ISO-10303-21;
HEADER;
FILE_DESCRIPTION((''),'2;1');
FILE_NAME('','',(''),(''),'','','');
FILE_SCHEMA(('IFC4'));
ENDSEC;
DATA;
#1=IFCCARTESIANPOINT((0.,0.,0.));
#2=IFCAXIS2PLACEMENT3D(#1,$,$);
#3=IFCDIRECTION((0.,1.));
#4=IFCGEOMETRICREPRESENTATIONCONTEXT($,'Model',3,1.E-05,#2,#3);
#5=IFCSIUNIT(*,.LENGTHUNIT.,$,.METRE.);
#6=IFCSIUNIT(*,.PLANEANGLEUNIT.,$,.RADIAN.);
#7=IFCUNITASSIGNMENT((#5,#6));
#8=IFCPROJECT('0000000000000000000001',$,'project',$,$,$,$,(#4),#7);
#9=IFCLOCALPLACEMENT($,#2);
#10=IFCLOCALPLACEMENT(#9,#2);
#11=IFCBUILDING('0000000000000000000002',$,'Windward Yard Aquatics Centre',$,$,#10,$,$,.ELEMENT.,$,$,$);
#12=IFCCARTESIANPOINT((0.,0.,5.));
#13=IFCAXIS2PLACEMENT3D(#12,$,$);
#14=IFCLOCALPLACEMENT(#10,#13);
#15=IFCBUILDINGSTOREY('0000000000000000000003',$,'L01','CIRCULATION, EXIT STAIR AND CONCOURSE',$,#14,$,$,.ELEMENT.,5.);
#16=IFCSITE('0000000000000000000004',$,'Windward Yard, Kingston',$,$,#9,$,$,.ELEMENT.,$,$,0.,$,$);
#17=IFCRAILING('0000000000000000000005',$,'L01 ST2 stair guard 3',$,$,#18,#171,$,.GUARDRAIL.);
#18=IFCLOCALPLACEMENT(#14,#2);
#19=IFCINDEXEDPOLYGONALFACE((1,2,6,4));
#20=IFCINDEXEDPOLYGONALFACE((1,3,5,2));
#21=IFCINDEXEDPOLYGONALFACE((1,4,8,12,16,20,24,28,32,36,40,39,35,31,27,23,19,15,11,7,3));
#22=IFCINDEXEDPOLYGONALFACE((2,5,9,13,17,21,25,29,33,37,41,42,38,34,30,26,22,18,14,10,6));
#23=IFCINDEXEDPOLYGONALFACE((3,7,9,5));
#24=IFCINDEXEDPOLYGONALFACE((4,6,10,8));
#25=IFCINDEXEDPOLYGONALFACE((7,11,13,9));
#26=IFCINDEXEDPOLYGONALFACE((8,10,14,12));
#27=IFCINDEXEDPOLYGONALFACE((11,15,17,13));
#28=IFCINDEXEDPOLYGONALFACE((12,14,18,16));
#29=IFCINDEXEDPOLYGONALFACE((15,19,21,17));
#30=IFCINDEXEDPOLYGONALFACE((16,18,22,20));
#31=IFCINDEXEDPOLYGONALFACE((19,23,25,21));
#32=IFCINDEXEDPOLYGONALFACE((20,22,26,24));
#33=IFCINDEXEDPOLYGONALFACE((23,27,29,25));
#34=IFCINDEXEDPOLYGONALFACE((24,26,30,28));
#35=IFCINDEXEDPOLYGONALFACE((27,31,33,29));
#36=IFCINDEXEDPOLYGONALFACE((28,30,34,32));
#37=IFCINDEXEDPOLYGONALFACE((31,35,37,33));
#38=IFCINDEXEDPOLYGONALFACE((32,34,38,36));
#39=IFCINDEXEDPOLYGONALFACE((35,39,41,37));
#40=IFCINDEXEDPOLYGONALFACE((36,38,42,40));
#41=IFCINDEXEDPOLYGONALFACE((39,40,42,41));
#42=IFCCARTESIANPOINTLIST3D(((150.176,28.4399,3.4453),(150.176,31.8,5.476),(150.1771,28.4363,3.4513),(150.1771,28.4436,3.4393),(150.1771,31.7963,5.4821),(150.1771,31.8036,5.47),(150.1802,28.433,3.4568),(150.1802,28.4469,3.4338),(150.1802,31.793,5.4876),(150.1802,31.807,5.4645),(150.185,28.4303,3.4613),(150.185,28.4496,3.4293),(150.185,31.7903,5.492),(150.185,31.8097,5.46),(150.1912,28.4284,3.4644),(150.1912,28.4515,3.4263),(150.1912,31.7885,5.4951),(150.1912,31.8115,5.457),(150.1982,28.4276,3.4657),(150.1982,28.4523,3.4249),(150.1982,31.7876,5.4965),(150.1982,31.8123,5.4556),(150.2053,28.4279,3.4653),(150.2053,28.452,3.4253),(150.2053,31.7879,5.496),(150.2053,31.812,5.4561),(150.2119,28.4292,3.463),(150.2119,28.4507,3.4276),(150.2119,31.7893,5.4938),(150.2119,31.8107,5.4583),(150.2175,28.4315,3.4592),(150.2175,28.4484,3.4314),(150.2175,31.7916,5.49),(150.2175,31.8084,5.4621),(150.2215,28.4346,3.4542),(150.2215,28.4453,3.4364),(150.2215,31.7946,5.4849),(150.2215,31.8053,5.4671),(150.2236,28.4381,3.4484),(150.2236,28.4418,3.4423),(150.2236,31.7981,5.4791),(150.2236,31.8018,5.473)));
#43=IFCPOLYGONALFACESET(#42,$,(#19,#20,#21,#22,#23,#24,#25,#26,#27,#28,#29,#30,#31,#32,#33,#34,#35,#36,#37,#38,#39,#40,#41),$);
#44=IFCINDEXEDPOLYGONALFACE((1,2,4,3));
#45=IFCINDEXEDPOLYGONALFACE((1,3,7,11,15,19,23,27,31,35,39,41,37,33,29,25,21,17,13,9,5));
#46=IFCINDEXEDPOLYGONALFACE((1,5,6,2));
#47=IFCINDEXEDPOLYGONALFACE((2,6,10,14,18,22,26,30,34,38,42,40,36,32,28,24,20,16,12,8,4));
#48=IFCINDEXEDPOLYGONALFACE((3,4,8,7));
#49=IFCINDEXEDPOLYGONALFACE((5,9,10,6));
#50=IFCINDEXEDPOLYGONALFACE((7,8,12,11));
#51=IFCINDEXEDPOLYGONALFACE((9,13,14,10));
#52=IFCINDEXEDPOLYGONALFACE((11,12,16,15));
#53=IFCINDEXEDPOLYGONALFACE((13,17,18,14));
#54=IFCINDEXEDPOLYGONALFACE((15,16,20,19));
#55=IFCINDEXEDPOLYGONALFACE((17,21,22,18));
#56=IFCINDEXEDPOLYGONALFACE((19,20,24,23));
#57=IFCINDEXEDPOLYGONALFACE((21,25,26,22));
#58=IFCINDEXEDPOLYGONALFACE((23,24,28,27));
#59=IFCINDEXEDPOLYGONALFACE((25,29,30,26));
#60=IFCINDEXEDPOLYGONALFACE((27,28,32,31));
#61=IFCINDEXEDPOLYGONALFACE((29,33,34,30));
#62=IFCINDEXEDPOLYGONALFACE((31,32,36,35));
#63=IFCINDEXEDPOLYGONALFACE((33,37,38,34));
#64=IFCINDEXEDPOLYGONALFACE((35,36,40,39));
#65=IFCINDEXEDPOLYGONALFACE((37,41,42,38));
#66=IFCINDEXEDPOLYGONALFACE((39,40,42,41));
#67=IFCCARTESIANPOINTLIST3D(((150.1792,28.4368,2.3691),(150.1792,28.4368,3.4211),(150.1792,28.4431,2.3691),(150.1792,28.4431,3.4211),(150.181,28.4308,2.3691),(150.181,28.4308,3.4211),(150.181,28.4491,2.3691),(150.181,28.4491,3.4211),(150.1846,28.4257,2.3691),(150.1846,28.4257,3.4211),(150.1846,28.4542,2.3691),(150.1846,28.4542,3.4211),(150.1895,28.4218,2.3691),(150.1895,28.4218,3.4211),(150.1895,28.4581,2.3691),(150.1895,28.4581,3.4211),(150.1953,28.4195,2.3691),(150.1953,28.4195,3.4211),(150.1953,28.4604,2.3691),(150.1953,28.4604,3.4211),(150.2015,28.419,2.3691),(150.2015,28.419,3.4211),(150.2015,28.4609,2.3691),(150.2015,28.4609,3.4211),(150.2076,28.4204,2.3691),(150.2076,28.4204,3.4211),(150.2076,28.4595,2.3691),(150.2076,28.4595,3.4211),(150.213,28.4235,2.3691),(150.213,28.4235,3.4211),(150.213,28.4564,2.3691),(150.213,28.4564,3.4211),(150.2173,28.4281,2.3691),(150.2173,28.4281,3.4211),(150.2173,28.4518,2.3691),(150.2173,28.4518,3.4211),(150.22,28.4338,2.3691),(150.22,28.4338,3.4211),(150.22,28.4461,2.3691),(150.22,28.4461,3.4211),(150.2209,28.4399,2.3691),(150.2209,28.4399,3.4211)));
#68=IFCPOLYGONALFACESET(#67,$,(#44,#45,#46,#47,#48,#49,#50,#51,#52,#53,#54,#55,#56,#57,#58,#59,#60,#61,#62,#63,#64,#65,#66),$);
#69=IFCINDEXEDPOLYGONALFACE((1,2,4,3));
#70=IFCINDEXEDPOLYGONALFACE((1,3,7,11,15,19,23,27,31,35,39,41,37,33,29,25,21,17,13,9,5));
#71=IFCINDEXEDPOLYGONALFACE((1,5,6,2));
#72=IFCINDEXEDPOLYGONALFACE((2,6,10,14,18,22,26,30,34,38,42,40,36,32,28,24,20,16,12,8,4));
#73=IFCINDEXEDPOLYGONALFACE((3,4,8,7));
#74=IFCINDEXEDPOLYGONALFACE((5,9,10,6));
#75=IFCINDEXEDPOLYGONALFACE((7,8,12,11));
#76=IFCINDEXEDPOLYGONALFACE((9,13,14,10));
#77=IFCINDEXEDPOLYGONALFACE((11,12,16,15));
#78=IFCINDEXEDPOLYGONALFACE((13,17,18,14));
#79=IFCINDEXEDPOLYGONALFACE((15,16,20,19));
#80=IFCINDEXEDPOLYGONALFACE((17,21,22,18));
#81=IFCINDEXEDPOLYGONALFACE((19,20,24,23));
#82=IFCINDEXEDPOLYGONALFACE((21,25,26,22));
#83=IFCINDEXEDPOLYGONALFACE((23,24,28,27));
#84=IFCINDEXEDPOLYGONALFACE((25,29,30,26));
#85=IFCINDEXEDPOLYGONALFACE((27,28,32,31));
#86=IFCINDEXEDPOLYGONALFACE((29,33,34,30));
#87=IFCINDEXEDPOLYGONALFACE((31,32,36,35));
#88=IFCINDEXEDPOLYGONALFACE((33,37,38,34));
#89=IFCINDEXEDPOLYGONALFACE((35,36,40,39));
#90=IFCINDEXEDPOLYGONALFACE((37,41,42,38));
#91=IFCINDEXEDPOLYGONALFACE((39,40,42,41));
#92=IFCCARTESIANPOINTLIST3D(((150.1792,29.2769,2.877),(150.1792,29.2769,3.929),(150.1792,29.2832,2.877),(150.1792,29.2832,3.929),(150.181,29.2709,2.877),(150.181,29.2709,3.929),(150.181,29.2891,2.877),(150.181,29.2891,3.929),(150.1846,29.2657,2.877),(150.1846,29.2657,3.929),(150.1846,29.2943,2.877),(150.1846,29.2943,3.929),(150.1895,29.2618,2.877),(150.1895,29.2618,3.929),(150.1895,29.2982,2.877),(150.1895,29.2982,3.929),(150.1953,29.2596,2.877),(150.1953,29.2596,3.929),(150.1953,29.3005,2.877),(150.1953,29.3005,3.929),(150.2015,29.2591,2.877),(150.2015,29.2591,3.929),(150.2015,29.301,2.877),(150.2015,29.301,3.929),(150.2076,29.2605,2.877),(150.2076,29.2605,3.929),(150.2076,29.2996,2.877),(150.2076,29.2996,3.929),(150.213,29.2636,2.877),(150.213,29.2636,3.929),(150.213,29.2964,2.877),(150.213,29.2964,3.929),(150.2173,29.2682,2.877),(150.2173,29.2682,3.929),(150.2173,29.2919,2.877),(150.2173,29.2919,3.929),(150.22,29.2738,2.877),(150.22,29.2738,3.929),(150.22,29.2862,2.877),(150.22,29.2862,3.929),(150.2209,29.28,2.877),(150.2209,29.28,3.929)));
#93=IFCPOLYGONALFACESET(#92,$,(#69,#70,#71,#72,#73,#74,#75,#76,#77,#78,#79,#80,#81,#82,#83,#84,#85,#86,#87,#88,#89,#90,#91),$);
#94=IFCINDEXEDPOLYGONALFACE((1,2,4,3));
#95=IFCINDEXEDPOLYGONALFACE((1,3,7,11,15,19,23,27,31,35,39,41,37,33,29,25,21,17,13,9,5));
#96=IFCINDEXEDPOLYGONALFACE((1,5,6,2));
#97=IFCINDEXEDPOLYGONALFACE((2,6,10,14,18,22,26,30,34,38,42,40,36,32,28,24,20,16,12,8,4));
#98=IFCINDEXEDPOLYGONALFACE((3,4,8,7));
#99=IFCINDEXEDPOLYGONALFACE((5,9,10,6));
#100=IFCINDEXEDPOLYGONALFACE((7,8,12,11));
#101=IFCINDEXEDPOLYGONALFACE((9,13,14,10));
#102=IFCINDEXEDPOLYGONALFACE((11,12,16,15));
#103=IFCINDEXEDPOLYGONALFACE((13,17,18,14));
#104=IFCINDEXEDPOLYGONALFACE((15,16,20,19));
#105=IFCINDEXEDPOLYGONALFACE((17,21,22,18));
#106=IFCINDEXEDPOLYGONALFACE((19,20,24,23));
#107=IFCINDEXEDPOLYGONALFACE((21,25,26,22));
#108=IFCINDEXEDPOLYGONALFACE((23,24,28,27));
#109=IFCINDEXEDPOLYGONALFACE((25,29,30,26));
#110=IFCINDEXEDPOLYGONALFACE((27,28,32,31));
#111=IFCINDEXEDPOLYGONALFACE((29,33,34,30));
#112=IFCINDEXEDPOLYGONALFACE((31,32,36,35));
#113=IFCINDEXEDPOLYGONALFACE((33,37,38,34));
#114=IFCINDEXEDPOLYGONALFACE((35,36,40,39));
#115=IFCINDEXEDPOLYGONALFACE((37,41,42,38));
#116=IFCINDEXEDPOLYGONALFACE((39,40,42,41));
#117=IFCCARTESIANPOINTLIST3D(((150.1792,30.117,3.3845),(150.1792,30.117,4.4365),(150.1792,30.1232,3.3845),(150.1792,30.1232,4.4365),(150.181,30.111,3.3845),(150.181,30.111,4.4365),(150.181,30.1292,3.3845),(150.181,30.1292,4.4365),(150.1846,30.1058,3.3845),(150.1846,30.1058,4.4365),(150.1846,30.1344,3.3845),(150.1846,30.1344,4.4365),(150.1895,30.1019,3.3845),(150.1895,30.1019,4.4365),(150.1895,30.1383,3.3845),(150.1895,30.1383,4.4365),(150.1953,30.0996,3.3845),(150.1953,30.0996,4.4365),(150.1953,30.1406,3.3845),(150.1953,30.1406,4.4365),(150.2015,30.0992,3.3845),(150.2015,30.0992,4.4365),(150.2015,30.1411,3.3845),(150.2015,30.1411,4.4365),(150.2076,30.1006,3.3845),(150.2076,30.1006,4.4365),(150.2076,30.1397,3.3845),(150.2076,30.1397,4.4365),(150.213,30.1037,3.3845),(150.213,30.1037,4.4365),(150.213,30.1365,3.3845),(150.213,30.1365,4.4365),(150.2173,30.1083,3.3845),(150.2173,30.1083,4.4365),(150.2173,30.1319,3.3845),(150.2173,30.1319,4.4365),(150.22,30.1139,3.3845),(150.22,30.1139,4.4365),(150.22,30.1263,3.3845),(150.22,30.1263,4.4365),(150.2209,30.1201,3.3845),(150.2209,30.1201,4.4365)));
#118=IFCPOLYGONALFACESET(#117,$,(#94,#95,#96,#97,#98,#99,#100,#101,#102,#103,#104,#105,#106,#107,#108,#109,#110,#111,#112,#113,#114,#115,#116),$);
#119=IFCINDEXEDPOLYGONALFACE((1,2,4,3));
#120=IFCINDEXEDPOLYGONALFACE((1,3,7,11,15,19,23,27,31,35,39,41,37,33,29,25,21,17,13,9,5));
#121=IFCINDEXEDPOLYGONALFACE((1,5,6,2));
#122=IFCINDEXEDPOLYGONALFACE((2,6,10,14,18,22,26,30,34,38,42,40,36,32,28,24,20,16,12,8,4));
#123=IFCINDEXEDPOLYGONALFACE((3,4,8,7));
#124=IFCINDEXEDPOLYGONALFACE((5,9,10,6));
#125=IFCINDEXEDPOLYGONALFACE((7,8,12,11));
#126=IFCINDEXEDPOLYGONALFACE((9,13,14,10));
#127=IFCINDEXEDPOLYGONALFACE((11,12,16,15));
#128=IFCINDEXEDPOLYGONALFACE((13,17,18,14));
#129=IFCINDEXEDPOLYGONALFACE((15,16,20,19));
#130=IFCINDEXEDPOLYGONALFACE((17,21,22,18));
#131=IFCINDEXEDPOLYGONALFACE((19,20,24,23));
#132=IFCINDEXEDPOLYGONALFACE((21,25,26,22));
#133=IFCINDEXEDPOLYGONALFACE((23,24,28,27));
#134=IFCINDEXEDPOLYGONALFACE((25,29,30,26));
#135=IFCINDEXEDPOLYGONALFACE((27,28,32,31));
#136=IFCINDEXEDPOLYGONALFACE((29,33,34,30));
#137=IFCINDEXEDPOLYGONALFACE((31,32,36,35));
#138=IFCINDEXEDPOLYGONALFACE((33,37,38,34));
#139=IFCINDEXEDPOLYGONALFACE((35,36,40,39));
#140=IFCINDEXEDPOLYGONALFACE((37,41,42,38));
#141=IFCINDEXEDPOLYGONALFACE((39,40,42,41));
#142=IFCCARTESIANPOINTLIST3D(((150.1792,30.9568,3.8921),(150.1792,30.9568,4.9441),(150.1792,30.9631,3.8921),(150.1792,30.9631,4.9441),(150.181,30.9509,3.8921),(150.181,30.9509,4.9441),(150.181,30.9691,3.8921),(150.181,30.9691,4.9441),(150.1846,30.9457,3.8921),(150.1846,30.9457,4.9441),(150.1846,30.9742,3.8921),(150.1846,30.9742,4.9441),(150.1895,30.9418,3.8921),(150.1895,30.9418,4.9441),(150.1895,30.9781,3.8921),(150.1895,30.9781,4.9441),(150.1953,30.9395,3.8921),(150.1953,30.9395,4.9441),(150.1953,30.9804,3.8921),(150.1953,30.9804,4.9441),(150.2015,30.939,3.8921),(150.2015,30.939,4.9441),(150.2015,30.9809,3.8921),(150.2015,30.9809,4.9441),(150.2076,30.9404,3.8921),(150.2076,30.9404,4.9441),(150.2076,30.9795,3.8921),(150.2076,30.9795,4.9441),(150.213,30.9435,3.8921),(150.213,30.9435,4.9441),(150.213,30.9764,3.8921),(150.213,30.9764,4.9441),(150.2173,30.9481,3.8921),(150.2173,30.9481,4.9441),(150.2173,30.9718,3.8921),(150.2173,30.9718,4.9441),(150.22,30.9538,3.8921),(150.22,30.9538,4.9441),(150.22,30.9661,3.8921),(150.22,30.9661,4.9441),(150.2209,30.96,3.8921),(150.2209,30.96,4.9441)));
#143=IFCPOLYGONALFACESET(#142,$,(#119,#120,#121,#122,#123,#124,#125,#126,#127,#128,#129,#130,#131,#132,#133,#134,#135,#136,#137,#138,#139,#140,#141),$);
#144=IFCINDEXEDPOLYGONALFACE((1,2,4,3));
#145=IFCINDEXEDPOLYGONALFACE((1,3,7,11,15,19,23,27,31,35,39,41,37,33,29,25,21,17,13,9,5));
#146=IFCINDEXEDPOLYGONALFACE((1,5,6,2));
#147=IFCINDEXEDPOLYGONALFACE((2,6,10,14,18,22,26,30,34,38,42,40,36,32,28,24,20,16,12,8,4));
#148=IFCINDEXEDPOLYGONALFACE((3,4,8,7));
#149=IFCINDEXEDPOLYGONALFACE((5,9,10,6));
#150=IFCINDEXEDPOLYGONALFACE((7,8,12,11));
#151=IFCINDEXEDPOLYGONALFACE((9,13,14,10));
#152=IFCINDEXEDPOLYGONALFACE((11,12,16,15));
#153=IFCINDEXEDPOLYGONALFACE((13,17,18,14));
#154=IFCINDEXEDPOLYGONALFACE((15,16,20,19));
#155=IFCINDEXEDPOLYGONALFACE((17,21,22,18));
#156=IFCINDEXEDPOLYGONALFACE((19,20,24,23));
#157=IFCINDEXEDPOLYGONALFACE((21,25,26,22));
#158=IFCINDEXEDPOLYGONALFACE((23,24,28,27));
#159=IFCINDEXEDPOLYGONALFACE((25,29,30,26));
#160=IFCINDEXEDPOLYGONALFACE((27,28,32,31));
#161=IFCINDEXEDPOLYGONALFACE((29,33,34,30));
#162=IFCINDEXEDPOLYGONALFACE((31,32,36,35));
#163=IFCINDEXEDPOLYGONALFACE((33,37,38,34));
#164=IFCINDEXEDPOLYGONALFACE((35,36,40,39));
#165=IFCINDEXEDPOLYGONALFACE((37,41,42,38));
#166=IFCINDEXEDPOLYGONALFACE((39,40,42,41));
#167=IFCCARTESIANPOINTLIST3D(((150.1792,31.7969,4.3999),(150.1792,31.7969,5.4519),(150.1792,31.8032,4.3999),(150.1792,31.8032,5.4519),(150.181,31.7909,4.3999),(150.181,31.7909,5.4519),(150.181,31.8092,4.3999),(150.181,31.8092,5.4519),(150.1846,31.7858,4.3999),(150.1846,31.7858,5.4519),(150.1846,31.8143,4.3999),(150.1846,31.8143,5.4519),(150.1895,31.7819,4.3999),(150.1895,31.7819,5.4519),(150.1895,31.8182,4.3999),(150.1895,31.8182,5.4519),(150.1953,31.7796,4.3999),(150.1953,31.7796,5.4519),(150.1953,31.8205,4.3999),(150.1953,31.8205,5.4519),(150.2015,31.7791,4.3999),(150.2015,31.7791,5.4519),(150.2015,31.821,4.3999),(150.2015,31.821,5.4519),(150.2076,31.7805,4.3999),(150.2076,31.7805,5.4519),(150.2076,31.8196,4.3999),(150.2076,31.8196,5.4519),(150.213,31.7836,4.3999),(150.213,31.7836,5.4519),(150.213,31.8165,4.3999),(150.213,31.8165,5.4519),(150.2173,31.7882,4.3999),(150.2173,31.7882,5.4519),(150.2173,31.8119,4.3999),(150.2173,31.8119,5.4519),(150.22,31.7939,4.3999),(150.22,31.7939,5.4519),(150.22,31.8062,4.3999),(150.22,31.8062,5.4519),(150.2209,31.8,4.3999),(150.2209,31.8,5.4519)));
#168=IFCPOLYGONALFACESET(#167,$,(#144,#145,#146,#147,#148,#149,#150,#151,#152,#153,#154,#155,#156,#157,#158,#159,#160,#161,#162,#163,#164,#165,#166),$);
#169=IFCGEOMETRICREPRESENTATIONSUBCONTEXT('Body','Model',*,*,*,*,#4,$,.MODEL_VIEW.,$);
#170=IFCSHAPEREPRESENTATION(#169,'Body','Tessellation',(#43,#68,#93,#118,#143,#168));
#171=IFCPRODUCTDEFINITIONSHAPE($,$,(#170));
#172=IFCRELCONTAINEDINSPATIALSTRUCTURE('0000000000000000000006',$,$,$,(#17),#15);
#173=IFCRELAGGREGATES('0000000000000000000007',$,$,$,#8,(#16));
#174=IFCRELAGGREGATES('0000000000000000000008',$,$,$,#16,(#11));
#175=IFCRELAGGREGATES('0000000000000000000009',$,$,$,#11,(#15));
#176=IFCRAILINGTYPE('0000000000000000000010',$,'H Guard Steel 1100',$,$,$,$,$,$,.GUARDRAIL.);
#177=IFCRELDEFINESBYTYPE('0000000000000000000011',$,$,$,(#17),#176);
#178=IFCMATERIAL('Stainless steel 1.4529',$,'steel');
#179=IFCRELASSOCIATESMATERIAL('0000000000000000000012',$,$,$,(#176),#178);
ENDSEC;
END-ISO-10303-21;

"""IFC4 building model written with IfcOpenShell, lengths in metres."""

from ifc_helpers import new_model, si_unit, direction, frame, origin, origin_2d, place, context, subcontext, project, spatial, circle, extrude, material, type_object, element, save


model = new_model("IFC4")

# Units and contexts
model_context = context("Model", 3, precision=1e-05, world=origin(), true_north=direction((0.0, 1.0)))
body_context = subcontext(model_context, "Body", "Model", "MODEL_VIEW")
ifc_project = project(units=[si_unit("LENGTHUNIT", "METRE"), si_unit("PLANEANGLEUNIT", "RADIAN")], contexts=[model_context])

# Site, building, storey
site_placement = place(None, origin())
site = spatial("IfcSite", under=ifc_project, at=site_placement, Name="Windward Yard, Kingston", CompositionType="ELEMENT", RefElevation=0.0)
building_placement = place(site_placement, origin())
building = spatial("IfcBuilding", under=site, at=building_placement, Name="Windward Yard Aquatics Centre", CompositionType="ELEMENT")
storey_placement = place(building_placement, frame((0.0, 0.0, 5.0)))
storey = spatial("IfcBuildingStorey", under=building, at=storey_placement, Name="L01", Description="CIRCULATION, EXIT STAIR AND CONCOURSE", CompositionType="ELEMENT", Elevation=5.0)

# Railing
ifc_material_1 = material(Name="Stainless steel 1.4529", Category="steel")
railing_type_1 = type_object("IfcRailingType", Name="H Guard Steel 1100", PredefinedType="GUARDRAIL", material=ifc_material_1)
railing_1_placement = place(storey_placement, frame((150.2, 28.4399, 2.3691)))
element("IfcRailing", 1, at=railing_1_placement, inside=storey, type_object=railing_type_1, Name="L01 ST2 stair guard 3", PredefinedType="GUARDRAIL", context=body_context, shape_type="SweptSolid", body=[
    extrude(circle(Radius=0.0239, at=origin_2d()), frame((0.0, 0.0, 1.0762), z_axis=(0.0, 0.855837, 0.517246), x_axis=(-1.0, 0.0, 0.0)), (0.0, 0.0, 1.0), 3.926),
    extrude(circle(Radius=0.021, at=origin_2d()), origin(), (0.0, 0.0, 1.0), 1.052),
    extrude(circle(Radius=0.021, at=origin_2d()), frame((0.0, 0.8401, 0.5078)), (0.0, 0.0, 1.0), 1.052),
    extrude(circle(Radius=0.021, at=origin_2d()), frame((0.0, 1.6802, 1.0154)), (0.0, 0.0, 1.0), 1.052),
    extrude(circle(Radius=0.021, at=origin_2d()), frame((0.0, 2.52, 1.5229)), (0.0, 0.0, 1.0), 1.052),
    extrude(circle(Radius=0.021, at=origin_2d()), frame((0.0, 3.3601, 2.0308)), (0.0, 0.0, 1.0), 1.052),
])

save(model, "model.ifc")
